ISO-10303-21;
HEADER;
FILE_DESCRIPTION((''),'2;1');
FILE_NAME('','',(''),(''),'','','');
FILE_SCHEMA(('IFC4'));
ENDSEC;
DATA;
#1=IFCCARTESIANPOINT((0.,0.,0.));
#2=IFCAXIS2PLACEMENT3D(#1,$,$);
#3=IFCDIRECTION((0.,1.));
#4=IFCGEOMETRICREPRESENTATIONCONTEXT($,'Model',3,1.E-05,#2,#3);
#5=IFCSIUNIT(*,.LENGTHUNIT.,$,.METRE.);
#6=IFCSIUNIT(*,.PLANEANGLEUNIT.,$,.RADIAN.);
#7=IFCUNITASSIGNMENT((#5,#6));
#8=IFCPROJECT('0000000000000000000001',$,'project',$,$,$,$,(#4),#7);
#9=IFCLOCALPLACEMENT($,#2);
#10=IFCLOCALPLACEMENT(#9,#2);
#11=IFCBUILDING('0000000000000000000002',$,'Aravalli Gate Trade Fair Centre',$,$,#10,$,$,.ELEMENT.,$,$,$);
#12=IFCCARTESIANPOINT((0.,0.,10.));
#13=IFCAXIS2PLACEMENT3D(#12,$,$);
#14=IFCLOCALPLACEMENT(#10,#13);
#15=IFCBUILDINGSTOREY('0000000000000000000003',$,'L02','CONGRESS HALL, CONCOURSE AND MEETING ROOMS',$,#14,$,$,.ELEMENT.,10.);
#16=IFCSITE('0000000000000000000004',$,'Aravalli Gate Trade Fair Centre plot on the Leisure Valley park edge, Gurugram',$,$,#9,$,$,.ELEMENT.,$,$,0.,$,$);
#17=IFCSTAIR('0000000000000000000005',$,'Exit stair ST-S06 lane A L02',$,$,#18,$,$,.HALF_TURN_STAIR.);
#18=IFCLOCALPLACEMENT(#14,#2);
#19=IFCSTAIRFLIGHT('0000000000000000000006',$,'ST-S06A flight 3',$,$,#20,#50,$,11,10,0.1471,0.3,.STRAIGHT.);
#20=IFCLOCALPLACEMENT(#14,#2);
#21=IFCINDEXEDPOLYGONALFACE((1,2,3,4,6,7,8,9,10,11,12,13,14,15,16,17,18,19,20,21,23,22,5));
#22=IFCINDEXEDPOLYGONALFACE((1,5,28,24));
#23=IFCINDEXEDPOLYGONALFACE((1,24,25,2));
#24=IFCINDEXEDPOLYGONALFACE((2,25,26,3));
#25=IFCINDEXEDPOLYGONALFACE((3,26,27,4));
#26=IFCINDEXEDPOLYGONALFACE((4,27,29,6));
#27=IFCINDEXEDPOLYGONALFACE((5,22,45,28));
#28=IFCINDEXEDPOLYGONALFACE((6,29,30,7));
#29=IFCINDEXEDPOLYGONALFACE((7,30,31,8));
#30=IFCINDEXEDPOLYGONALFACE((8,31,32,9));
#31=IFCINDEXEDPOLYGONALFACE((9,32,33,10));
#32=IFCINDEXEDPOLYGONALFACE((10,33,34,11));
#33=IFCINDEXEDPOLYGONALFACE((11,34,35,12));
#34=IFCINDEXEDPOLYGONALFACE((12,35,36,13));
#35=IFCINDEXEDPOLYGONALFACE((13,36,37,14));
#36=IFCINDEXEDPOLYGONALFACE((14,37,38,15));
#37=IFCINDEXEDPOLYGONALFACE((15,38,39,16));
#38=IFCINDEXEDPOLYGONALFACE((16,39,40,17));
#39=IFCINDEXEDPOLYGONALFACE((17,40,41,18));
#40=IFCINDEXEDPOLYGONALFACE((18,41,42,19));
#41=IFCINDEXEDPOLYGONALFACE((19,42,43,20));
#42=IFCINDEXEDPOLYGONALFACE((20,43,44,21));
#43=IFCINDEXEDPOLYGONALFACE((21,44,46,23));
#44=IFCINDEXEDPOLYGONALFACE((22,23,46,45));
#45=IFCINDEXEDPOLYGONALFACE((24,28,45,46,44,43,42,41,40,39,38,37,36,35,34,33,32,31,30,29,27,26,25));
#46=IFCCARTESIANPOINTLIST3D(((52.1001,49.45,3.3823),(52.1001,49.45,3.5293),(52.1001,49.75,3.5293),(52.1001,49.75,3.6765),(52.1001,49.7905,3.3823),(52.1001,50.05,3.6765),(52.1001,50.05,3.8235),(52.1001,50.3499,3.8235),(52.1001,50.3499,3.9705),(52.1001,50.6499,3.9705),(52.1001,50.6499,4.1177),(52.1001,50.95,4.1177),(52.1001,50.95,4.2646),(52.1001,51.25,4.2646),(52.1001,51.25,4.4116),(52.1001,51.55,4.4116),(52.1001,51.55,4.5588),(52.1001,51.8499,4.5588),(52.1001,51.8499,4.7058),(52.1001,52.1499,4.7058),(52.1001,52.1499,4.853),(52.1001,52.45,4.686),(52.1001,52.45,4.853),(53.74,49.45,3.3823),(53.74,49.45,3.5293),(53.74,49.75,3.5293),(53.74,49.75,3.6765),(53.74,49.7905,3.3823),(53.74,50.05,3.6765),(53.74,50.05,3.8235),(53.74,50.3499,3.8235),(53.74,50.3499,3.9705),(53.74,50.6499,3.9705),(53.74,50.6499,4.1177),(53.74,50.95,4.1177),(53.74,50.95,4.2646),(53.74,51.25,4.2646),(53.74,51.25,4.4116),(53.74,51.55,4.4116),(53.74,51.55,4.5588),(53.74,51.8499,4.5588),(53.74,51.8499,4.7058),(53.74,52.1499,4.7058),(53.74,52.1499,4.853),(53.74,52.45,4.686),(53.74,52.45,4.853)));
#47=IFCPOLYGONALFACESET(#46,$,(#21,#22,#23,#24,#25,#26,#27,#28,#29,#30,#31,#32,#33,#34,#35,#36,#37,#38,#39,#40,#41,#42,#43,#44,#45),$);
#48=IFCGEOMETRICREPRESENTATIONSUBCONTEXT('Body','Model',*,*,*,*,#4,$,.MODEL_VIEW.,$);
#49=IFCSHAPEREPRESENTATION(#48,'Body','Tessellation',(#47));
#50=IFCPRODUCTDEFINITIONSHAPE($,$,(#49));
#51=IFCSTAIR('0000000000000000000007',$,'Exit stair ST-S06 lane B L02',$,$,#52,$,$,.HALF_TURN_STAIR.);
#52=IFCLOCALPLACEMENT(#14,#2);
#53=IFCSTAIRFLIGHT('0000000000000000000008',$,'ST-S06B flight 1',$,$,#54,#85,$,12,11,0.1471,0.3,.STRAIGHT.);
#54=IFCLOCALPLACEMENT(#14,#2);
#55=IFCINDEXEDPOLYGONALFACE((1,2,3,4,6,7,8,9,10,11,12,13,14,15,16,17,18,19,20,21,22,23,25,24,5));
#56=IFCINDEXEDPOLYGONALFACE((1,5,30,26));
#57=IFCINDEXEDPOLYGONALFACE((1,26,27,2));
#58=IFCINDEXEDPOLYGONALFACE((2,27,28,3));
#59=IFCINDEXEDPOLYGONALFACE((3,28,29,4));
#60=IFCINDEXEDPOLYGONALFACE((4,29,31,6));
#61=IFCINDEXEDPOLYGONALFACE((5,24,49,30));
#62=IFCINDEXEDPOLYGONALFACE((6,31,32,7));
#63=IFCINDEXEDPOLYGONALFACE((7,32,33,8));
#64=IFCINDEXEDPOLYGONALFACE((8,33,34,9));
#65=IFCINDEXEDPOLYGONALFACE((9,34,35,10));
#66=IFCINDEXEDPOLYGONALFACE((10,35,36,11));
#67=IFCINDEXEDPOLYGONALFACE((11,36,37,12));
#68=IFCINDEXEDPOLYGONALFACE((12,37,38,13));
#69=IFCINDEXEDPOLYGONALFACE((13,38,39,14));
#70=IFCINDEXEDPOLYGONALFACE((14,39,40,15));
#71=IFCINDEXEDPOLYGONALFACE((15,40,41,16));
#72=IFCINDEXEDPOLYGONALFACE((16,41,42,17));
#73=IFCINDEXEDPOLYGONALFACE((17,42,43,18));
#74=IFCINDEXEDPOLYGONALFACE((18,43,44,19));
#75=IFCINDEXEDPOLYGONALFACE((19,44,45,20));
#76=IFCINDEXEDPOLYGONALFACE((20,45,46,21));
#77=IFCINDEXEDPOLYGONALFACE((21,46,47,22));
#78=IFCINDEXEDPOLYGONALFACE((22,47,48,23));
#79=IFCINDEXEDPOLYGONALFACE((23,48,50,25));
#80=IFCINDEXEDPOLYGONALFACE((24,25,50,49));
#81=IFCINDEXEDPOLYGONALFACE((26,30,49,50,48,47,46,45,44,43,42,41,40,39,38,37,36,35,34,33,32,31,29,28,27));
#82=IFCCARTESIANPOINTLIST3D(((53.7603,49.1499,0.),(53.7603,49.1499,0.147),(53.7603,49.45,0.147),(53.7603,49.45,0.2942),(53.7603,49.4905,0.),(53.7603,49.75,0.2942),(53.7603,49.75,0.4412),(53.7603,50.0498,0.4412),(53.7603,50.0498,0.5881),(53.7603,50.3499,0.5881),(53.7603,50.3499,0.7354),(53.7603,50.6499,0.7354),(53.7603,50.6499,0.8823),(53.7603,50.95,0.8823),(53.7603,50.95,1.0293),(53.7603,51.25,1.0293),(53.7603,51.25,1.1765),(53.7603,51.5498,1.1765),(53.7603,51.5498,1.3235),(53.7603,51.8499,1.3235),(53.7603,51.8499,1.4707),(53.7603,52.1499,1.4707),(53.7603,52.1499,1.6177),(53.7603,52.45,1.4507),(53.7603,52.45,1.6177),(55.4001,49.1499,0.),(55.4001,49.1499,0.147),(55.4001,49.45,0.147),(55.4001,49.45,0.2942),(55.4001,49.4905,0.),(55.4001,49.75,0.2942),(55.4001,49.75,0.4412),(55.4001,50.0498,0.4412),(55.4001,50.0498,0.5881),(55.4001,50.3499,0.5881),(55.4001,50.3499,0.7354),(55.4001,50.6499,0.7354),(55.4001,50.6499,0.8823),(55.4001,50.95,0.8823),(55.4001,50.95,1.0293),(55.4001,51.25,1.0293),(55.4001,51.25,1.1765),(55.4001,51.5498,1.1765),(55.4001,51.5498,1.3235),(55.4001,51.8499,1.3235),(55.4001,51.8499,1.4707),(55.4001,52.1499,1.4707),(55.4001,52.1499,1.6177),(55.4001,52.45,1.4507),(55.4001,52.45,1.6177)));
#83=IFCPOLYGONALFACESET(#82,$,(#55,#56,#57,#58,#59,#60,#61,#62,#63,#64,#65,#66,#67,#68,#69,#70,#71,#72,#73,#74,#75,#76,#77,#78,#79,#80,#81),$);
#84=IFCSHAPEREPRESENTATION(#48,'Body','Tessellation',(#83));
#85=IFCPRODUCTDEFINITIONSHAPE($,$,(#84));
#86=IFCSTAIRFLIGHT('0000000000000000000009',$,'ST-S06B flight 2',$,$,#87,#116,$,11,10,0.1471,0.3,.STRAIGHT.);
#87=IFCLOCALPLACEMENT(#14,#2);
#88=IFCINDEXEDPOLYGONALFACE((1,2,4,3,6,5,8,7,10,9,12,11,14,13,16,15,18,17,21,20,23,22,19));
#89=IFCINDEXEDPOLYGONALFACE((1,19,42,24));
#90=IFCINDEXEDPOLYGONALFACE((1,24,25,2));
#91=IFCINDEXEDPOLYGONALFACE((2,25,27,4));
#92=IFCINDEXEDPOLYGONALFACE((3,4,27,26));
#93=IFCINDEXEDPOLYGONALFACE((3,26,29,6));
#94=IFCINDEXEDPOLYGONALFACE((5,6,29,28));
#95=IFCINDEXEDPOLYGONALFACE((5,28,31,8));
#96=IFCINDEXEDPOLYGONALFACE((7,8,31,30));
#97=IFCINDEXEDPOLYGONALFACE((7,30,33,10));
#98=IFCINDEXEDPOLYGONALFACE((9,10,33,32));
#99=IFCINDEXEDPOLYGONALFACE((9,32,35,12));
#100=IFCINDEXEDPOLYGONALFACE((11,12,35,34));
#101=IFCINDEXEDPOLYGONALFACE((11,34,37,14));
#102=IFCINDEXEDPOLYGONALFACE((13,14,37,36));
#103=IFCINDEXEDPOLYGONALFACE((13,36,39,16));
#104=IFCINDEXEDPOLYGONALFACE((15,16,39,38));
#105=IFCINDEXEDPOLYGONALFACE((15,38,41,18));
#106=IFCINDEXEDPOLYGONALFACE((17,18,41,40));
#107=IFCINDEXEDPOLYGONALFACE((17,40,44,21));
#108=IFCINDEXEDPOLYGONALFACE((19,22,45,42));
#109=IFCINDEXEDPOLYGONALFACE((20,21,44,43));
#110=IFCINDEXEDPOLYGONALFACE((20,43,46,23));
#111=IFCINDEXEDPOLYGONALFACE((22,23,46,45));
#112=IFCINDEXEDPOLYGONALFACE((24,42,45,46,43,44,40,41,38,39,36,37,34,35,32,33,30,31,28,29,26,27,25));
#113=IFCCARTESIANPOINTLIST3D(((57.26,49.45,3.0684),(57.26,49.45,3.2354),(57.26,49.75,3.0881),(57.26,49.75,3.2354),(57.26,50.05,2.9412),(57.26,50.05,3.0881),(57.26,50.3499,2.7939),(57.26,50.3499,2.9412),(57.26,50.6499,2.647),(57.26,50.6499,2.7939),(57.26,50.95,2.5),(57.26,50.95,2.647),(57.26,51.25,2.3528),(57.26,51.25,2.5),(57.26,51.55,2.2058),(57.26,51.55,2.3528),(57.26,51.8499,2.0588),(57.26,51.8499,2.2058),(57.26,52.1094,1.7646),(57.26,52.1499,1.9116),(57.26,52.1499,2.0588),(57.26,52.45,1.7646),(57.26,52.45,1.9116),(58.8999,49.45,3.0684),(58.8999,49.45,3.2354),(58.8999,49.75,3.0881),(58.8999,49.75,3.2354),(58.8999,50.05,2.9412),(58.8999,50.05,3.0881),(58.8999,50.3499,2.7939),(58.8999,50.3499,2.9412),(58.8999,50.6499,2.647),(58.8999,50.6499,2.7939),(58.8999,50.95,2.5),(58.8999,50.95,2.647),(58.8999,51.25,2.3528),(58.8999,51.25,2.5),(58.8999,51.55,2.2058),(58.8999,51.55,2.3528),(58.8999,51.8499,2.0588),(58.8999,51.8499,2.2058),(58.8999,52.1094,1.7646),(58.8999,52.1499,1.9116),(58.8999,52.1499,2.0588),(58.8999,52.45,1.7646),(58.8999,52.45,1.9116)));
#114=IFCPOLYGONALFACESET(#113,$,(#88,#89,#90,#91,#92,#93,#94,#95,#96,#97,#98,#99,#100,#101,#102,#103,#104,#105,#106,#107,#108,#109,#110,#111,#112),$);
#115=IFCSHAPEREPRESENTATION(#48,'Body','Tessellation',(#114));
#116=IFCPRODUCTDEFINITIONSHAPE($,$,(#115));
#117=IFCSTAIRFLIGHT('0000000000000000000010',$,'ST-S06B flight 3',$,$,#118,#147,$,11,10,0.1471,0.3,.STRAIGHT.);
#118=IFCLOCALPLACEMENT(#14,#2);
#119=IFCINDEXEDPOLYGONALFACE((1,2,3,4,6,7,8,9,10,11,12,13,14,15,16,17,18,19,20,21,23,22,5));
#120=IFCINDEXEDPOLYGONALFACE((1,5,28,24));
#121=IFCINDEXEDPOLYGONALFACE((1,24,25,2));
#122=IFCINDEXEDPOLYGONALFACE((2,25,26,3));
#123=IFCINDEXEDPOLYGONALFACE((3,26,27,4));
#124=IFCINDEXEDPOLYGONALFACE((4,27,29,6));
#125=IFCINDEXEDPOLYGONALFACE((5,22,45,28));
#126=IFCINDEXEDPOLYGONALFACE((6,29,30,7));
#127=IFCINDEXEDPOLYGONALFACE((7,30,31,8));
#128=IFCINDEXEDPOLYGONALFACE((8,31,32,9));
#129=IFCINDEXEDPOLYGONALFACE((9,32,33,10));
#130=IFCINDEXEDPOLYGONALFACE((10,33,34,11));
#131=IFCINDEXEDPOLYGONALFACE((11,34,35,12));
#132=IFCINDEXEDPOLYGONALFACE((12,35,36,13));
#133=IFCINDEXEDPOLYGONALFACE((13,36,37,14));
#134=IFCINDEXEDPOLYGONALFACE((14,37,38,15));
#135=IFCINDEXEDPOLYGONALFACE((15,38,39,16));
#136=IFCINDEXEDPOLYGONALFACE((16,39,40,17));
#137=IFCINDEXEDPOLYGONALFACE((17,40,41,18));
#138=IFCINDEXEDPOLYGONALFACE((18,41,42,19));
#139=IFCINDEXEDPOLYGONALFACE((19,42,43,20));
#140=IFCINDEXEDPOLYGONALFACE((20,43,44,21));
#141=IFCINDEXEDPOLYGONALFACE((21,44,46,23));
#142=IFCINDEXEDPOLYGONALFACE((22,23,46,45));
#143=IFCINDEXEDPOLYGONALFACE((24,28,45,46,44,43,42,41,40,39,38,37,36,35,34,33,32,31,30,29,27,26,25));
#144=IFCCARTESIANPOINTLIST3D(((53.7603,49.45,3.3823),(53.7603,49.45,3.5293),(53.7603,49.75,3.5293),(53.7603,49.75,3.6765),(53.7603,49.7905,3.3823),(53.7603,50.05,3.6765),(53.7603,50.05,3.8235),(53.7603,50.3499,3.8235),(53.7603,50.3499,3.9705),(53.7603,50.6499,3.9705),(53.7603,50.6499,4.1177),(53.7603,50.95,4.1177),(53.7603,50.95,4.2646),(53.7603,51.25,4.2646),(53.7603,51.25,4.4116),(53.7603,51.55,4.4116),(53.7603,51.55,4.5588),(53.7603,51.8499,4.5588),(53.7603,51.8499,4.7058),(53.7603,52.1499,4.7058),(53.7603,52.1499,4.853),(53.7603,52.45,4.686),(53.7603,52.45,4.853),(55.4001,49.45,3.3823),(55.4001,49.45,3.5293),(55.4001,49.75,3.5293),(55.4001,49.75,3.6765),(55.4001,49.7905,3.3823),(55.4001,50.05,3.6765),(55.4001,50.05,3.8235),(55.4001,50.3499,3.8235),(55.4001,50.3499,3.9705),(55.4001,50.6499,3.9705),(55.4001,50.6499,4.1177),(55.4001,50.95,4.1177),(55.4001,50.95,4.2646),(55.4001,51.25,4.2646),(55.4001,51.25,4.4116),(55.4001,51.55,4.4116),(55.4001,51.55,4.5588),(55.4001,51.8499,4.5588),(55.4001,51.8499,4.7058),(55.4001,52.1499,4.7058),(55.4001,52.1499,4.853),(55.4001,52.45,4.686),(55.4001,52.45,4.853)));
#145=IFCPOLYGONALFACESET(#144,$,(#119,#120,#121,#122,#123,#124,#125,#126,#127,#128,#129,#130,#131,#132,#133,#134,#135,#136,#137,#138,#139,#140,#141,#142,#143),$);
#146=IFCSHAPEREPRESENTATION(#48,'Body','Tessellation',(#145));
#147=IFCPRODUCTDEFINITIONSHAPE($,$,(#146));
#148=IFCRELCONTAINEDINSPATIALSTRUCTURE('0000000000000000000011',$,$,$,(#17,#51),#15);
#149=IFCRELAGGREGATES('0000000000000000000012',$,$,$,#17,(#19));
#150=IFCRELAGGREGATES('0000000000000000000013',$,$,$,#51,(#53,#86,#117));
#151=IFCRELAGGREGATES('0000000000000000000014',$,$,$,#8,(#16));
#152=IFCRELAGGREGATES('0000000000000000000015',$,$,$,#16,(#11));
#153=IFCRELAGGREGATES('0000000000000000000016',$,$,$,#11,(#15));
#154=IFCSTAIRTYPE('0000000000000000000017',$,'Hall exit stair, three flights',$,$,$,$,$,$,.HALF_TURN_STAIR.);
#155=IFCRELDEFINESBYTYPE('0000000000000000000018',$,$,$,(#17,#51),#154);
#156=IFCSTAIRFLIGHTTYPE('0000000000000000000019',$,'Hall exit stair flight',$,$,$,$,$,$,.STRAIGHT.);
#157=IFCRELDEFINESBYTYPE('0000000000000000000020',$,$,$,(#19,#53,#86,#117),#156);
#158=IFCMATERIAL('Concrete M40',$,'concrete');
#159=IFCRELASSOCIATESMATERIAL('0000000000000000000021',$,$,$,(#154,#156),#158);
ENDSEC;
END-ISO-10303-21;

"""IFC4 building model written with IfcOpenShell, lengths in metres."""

from ifc_helpers import new_model, si_unit, direction, frame, origin, place, context, subcontext, project, spatial, polyline, outline, extrude, material, type_object, element, aggregate, save


model = new_model("IFC4")

# Units and contexts
model_context = context("Model", 3, precision=1e-05, world=origin(), true_north=direction((0.0, 1.0)))
body_context = subcontext(model_context, "Body", "Model", "MODEL_VIEW")
ifc_project = project(units=[si_unit("LENGTHUNIT", "METRE"), si_unit("PLANEANGLEUNIT", "RADIAN")], contexts=[model_context])

# Site, building, storey
site_placement = place(None, origin())
site = spatial("IfcSite", under=ifc_project, at=site_placement, Name="Aravalli Gate Trade Fair Centre plot on the Leisure Valley park edge, Gurugram", CompositionType="ELEMENT", RefElevation=0.0)
building_placement = place(site_placement, origin())
building = spatial("IfcBuilding", under=site, at=building_placement, Name="Aravalli Gate Trade Fair Centre", CompositionType="ELEMENT")
storey_placement = place(building_placement, frame((0.0, 0.0, 10.0)))
storey = spatial("IfcBuildingStorey", under=building, at=storey_placement, Name="L02", Description="CONGRESS HALL, CONCOURSE AND MEETING ROOMS", CompositionType="ELEMENT", Elevation=10.0)

# Stairs, stair flights
ifc_material_1 = material(Name="Concrete M40", Category="concrete")
stair_type = type_object("IfcStairType", Name="Hall exit stair, three flights", PredefinedType="HALF_TURN_STAIR", material=ifc_material_1)
stair_1_placement = place(storey_placement, origin())
stair_1 = element("IfcStair", 1, at=stair_1_placement, inside=storey, type_object=stair_type, Name="Exit stair ST-S06 lane A L02", PredefinedType="HALF_TURN_STAIR")
stair_flight_type = type_object("IfcStairFlightType", Name="Hall exit stair flight", PredefinedType="STRAIGHT", material=ifc_material_1)
stair_flight_1_placement = place(storey_placement, frame((52.9199, 49.45, 3.3823), z_axis=(0.0, 0.0, 1.0), x_axis=(0.0, 1.0, 0.0)))
stair_flight_1 = element("IfcStairFlight", 2, at=stair_flight_1_placement, type_object=stair_flight_type, Name="ST-S06A flight 3", NumberOfRisers=11, NumberOfTreads=10, PredefinedType="STRAIGHT", RiserHeight=0.1471, TreadLength=0.3, context=body_context, shape_type="SweptSolid", body=[
    extrude(outline(polyline([(0.0, 0.0), (0.0, 0.147), (0.3, 0.147), (0.3, 0.2942), (0.6001, 0.2942), (0.6001, 0.4412), (0.8999, 0.4412), (0.8999, 0.5881), (1.2, 0.5881), (1.2, 0.7354), (1.5, 0.7354), (1.5, 0.8823), (1.8, 0.8823), (1.8, 1.0293), (2.1001, 1.0293), (2.1001, 1.1765), (2.3999, 1.1765), (2.3999, 1.3235), (2.7, 1.3235), (2.7, 1.4707), (3.0, 1.4707), (3.0, 1.6177), (3.0, 1.3037), (0.3406, 0.0), (0.0, 0.0)])), frame((0.0, 0.8198, 0.0), z_axis=(0.0, -1.0, 0.0), x_axis=(1.0, 0.0, 0.0)), (0.0, 0.0, 1.0), 1.6399),
])
aggregate(stair_1, [stair_flight_1])
stair_2_placement = place(storey_placement, origin())
stair_2 = element("IfcStair", 3, at=stair_2_placement, inside=storey, type_object=stair_type, Name="Exit stair ST-S06 lane B L02", PredefinedType="HALF_TURN_STAIR")
stair_flight_2_placement = place(storey_placement, frame((54.5801, 49.1499, 0.0), z_axis=(0.0, 0.0, 1.0), x_axis=(0.0, 1.0, 0.0)))
stair_flight_2 = element("IfcStairFlight", 4, at=stair_flight_2_placement, type_object=stair_flight_type, Name="ST-S06B flight 1", NumberOfRisers=12, NumberOfTreads=11, PredefinedType="STRAIGHT", RiserHeight=0.1471, TreadLength=0.3, context=body_context, shape_type="SweptSolid", body=[
    extrude(outline(polyline([(0.0, 0.0), (0.0, 0.147), (0.3, 0.147), (0.3, 0.2942), (0.6001, 0.2942), (0.6001, 0.4412), (0.8999, 0.4412), (0.8999, 0.5881), (1.2, 0.5881), (1.2, 0.7354), (1.5, 0.7354), (1.5, 0.8823), (1.8, 0.8823), (1.8, 1.0293), (2.1001, 1.0293), (2.1001, 1.1765), (2.3999, 1.1765), (2.3999, 1.3235), (2.7, 1.3235), (2.7, 1.4707), (3.0, 1.4707), (3.0, 1.6177), (3.3, 1.6177), (3.3, 1.7646), (3.3, 1.4507), (0.3406, 0.0), (0.0, 0.0)])), frame((0.0, 0.8198, 0.0), z_axis=(0.0, -1.0, 0.0), x_axis=(1.0, 0.0, 0.0)), (0.0, 0.0, 1.0), 1.6399),
])
stair_flight_3_placement = place(storey_placement, frame((58.0801, 52.45, 1.7646), z_axis=(0.0, 0.0, 1.0), x_axis=(0.0, -1.0, 0.0)))
stair_flight_3 = element("IfcStairFlight", 5, at=stair_flight_3_placement, type_object=stair_flight_type, Name="ST-S06B flight 2", NumberOfRisers=11, NumberOfTreads=10, PredefinedType="STRAIGHT", RiserHeight=0.1471, TreadLength=0.3, context=body_context, shape_type="SweptSolid", body=[
    extrude(outline(polyline([(0.0, 0.0), (0.0, 0.147), (0.3, 0.147), (0.3, 0.2942), (0.6001, 0.2942), (0.6001, 0.4412), (0.8999, 0.4412), (0.8999, 0.5881), (1.2, 0.5881), (1.2, 0.7354), (1.5, 0.7354), (1.5, 0.8823), (1.8, 0.8823), (1.8, 1.0293), (2.1001, 1.0293), (2.1001, 1.1765), (2.3999, 1.1765), (2.3999, 1.3235), (2.7, 1.3235), (2.7, 1.4707), (3.0, 1.4707), (3.0, 1.6177), (3.0, 1.3037), (0.3406, 0.0), (0.0, 0.0)])), frame((0.0, 0.8198, 0.0), z_axis=(0.0, -1.0, 0.0), x_axis=(1.0, 0.0, 0.0)), (0.0, 0.0, 1.0), 1.6399),
])
stair_flight_4_placement = place(storey_placement, frame((54.5801, 49.45, 3.3823), z_axis=(0.0, 0.0, 1.0), x_axis=(0.0, 1.0, 0.0)))
stair_flight_4 = element("IfcStairFlight", 6, at=stair_flight_4_placement, type_object=stair_flight_type, Name="ST-S06B flight 3", NumberOfRisers=11, NumberOfTreads=10, PredefinedType="STRAIGHT", RiserHeight=0.1471, TreadLength=0.3, context=body_context, shape_type="SweptSolid", body=[
    extrude(outline(polyline([(0.0, 0.0), (0.0, 0.147), (0.3, 0.147), (0.3, 0.2942), (0.6001, 0.2942), (0.6001, 0.4412), (0.8999, 0.4412), (0.8999, 0.5881), (1.2, 0.5881), (1.2, 0.7354), (1.5, 0.7354), (1.5, 0.8823), (1.8, 0.8823), (1.8, 1.0293), (2.1001, 1.0293), (2.1001, 1.1765), (2.3999, 1.1765), (2.3999, 1.3235), (2.7, 1.3235), (2.7, 1.4707), (3.0, 1.4707), (3.0, 1.6177), (3.0, 1.3037), (0.3406, 0.0), (0.0, 0.0)])), frame((0.0, 0.8198, 0.0), z_axis=(0.0, -1.0, 0.0), x_axis=(1.0, 0.0, 0.0)), (0.0, 0.0, 1.0), 1.6399),
])
aggregate(stair_2, [stair_flight_2, stair_flight_3, stair_flight_4])

save(model, "model.ifc")
